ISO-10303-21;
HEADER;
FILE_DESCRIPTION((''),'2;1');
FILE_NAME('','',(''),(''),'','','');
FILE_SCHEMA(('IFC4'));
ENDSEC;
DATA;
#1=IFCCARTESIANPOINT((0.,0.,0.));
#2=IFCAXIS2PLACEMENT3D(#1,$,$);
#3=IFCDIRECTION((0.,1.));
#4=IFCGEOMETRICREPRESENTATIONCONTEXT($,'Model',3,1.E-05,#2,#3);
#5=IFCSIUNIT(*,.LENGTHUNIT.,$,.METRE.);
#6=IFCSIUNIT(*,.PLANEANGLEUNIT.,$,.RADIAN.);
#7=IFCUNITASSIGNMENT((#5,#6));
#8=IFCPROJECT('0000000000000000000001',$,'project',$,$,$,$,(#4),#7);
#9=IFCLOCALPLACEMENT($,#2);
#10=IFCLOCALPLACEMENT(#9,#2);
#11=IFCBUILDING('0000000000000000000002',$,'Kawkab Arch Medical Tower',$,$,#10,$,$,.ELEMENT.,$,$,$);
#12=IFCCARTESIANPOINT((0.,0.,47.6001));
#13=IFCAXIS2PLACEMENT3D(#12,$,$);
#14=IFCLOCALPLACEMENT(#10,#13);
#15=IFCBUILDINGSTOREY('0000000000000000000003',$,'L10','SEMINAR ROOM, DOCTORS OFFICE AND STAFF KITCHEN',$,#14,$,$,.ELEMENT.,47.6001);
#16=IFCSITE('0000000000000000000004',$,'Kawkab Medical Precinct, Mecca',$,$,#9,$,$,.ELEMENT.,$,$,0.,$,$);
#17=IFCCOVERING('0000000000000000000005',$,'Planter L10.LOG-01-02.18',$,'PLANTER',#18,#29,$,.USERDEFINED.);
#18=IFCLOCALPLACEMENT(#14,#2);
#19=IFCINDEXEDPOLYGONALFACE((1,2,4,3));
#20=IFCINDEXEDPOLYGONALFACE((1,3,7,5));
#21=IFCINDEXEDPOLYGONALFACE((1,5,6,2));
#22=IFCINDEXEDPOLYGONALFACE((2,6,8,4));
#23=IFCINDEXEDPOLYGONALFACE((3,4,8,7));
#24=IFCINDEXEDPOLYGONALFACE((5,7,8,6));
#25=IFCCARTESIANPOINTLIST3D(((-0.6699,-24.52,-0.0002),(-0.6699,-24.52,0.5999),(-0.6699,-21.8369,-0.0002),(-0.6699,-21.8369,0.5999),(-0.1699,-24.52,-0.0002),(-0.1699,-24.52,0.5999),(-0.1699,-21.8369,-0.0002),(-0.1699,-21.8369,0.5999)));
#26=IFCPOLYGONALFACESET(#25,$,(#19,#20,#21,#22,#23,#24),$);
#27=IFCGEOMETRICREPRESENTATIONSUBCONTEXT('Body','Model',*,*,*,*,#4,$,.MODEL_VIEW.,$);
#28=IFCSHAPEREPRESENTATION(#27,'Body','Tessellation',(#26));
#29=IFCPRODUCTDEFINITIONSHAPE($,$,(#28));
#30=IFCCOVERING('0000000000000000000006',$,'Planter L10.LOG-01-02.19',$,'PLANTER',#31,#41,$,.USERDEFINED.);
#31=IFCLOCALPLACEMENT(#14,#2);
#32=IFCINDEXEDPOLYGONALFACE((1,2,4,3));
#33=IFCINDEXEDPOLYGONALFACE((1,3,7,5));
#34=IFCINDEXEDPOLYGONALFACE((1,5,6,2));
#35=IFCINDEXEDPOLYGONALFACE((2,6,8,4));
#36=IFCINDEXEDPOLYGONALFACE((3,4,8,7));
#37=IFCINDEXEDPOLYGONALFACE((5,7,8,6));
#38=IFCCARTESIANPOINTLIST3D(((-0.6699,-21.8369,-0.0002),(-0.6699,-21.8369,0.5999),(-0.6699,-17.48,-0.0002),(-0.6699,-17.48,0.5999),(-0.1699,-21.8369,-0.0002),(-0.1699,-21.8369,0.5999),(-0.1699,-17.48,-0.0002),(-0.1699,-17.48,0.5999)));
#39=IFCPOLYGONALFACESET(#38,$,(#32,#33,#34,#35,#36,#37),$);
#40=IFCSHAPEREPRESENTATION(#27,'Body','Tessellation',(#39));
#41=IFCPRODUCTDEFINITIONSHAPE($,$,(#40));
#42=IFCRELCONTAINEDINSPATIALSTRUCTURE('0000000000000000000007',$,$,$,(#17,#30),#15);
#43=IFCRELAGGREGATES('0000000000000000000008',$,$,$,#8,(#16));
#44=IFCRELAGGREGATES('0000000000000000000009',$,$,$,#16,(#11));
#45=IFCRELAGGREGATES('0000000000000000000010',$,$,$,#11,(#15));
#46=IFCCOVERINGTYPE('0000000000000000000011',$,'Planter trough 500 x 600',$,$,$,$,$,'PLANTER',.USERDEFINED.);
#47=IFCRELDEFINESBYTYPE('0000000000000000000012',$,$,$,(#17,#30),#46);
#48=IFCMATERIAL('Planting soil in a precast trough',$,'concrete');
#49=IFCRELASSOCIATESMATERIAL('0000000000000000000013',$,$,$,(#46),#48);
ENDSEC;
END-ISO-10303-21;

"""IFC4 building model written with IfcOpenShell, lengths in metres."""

from ifc_helpers import new_model, si_unit, direction, frame, origin, origin_2d, place, context, subcontext, project, spatial, rectangle, extrude, material, material_profile, profile_set, type_object, element, save


model = new_model("IFC4")

# Units and contexts
model_context = context("Model", 3, precision=1e-05, world=origin(), true_north=direction((0.0, 1.0)))
body_context = subcontext(model_context, "Body", "Model", "MODEL_VIEW")
ifc_project = project(units=[si_unit("LENGTHUNIT", "METRE"), si_unit("PLANEANGLEUNIT", "RADIAN")], contexts=[model_context])

# Site, building, storey
site_placement = place(None, origin())
site = spatial("IfcSite", under=ifc_project, at=site_placement, Name="Kawkab Medical Precinct, Mecca", CompositionType="ELEMENT", RefElevation=0.0)
building_placement = place(site_placement, origin())
building = spatial("IfcBuilding", under=site, at=building_placement, Name="Kawkab Arch Medical Tower", CompositionType="ELEMENT")
storey_placement = place(building_placement, frame((0.0, 0.0, 47.6001)))
storey = spatial("IfcBuildingStorey", under=building, at=storey_placement, Name="L10", Description="SEMINAR ROOM, DOCTORS OFFICE AND STAFF KITCHEN", CompositionType="ELEMENT", Elevation=47.6001)

# Coverings
ifc_material_1 = material(Name="Planting soil in a precast trough", Category="concrete")
ifc_material_profile_1 = material_profile(ifc_material_1, rectangle(XDim=0.5, YDim=0.6001, at=origin_2d()), Name="Trough 500x600")
ifc_profile_set_1 = profile_set([ifc_material_profile_1], Name="Planting soil in a precast trough")
covering_type_1 = type_object("IfcCoveringType", Name="Planter trough 500 x 600", ElementType="PLANTER", PredefinedType="USERDEFINED", material=ifc_profile_set_1)
covering_1_placement = place(storey_placement, frame((-0.4199, -24.52, 0.2998), z_axis=(0.0, 1.0, 0.0), x_axis=(-1.0, 0.0, 0.0)))
element("IfcCovering", 1, at=covering_1_placement, inside=storey, type_object=covering_type_1, Name="Planter L10.LOG-01-02.18", ObjectType="PLANTER", PredefinedType="USERDEFINED", context=body_context, shape_type="SweptSolid", body=[
    extrude(rectangle(XDim=0.5, YDim=0.6001, at=origin_2d()), origin(), (0.0, 0.0, 1.0), 2.6831),
])
covering_2_placement = place(storey_placement, frame((-0.4199, -21.8369, 0.2998), z_axis=(0.0, 1.0, 0.0), x_axis=(-1.0, 0.0, 0.0)))
element("IfcCovering", 2, at=covering_2_placement, inside=storey, type_object=covering_type_1, Name="Planter L10.LOG-01-02.19", ObjectType="PLANTER", PredefinedType="USERDEFINED", context=body_context, shape_type="SweptSolid", body=[
    extrude(rectangle(XDim=0.5, YDim=0.6001, at=origin_2d()), origin(), (0.0, 0.0, 1.0), 4.3569),
])

save(model, "model.ifc")
